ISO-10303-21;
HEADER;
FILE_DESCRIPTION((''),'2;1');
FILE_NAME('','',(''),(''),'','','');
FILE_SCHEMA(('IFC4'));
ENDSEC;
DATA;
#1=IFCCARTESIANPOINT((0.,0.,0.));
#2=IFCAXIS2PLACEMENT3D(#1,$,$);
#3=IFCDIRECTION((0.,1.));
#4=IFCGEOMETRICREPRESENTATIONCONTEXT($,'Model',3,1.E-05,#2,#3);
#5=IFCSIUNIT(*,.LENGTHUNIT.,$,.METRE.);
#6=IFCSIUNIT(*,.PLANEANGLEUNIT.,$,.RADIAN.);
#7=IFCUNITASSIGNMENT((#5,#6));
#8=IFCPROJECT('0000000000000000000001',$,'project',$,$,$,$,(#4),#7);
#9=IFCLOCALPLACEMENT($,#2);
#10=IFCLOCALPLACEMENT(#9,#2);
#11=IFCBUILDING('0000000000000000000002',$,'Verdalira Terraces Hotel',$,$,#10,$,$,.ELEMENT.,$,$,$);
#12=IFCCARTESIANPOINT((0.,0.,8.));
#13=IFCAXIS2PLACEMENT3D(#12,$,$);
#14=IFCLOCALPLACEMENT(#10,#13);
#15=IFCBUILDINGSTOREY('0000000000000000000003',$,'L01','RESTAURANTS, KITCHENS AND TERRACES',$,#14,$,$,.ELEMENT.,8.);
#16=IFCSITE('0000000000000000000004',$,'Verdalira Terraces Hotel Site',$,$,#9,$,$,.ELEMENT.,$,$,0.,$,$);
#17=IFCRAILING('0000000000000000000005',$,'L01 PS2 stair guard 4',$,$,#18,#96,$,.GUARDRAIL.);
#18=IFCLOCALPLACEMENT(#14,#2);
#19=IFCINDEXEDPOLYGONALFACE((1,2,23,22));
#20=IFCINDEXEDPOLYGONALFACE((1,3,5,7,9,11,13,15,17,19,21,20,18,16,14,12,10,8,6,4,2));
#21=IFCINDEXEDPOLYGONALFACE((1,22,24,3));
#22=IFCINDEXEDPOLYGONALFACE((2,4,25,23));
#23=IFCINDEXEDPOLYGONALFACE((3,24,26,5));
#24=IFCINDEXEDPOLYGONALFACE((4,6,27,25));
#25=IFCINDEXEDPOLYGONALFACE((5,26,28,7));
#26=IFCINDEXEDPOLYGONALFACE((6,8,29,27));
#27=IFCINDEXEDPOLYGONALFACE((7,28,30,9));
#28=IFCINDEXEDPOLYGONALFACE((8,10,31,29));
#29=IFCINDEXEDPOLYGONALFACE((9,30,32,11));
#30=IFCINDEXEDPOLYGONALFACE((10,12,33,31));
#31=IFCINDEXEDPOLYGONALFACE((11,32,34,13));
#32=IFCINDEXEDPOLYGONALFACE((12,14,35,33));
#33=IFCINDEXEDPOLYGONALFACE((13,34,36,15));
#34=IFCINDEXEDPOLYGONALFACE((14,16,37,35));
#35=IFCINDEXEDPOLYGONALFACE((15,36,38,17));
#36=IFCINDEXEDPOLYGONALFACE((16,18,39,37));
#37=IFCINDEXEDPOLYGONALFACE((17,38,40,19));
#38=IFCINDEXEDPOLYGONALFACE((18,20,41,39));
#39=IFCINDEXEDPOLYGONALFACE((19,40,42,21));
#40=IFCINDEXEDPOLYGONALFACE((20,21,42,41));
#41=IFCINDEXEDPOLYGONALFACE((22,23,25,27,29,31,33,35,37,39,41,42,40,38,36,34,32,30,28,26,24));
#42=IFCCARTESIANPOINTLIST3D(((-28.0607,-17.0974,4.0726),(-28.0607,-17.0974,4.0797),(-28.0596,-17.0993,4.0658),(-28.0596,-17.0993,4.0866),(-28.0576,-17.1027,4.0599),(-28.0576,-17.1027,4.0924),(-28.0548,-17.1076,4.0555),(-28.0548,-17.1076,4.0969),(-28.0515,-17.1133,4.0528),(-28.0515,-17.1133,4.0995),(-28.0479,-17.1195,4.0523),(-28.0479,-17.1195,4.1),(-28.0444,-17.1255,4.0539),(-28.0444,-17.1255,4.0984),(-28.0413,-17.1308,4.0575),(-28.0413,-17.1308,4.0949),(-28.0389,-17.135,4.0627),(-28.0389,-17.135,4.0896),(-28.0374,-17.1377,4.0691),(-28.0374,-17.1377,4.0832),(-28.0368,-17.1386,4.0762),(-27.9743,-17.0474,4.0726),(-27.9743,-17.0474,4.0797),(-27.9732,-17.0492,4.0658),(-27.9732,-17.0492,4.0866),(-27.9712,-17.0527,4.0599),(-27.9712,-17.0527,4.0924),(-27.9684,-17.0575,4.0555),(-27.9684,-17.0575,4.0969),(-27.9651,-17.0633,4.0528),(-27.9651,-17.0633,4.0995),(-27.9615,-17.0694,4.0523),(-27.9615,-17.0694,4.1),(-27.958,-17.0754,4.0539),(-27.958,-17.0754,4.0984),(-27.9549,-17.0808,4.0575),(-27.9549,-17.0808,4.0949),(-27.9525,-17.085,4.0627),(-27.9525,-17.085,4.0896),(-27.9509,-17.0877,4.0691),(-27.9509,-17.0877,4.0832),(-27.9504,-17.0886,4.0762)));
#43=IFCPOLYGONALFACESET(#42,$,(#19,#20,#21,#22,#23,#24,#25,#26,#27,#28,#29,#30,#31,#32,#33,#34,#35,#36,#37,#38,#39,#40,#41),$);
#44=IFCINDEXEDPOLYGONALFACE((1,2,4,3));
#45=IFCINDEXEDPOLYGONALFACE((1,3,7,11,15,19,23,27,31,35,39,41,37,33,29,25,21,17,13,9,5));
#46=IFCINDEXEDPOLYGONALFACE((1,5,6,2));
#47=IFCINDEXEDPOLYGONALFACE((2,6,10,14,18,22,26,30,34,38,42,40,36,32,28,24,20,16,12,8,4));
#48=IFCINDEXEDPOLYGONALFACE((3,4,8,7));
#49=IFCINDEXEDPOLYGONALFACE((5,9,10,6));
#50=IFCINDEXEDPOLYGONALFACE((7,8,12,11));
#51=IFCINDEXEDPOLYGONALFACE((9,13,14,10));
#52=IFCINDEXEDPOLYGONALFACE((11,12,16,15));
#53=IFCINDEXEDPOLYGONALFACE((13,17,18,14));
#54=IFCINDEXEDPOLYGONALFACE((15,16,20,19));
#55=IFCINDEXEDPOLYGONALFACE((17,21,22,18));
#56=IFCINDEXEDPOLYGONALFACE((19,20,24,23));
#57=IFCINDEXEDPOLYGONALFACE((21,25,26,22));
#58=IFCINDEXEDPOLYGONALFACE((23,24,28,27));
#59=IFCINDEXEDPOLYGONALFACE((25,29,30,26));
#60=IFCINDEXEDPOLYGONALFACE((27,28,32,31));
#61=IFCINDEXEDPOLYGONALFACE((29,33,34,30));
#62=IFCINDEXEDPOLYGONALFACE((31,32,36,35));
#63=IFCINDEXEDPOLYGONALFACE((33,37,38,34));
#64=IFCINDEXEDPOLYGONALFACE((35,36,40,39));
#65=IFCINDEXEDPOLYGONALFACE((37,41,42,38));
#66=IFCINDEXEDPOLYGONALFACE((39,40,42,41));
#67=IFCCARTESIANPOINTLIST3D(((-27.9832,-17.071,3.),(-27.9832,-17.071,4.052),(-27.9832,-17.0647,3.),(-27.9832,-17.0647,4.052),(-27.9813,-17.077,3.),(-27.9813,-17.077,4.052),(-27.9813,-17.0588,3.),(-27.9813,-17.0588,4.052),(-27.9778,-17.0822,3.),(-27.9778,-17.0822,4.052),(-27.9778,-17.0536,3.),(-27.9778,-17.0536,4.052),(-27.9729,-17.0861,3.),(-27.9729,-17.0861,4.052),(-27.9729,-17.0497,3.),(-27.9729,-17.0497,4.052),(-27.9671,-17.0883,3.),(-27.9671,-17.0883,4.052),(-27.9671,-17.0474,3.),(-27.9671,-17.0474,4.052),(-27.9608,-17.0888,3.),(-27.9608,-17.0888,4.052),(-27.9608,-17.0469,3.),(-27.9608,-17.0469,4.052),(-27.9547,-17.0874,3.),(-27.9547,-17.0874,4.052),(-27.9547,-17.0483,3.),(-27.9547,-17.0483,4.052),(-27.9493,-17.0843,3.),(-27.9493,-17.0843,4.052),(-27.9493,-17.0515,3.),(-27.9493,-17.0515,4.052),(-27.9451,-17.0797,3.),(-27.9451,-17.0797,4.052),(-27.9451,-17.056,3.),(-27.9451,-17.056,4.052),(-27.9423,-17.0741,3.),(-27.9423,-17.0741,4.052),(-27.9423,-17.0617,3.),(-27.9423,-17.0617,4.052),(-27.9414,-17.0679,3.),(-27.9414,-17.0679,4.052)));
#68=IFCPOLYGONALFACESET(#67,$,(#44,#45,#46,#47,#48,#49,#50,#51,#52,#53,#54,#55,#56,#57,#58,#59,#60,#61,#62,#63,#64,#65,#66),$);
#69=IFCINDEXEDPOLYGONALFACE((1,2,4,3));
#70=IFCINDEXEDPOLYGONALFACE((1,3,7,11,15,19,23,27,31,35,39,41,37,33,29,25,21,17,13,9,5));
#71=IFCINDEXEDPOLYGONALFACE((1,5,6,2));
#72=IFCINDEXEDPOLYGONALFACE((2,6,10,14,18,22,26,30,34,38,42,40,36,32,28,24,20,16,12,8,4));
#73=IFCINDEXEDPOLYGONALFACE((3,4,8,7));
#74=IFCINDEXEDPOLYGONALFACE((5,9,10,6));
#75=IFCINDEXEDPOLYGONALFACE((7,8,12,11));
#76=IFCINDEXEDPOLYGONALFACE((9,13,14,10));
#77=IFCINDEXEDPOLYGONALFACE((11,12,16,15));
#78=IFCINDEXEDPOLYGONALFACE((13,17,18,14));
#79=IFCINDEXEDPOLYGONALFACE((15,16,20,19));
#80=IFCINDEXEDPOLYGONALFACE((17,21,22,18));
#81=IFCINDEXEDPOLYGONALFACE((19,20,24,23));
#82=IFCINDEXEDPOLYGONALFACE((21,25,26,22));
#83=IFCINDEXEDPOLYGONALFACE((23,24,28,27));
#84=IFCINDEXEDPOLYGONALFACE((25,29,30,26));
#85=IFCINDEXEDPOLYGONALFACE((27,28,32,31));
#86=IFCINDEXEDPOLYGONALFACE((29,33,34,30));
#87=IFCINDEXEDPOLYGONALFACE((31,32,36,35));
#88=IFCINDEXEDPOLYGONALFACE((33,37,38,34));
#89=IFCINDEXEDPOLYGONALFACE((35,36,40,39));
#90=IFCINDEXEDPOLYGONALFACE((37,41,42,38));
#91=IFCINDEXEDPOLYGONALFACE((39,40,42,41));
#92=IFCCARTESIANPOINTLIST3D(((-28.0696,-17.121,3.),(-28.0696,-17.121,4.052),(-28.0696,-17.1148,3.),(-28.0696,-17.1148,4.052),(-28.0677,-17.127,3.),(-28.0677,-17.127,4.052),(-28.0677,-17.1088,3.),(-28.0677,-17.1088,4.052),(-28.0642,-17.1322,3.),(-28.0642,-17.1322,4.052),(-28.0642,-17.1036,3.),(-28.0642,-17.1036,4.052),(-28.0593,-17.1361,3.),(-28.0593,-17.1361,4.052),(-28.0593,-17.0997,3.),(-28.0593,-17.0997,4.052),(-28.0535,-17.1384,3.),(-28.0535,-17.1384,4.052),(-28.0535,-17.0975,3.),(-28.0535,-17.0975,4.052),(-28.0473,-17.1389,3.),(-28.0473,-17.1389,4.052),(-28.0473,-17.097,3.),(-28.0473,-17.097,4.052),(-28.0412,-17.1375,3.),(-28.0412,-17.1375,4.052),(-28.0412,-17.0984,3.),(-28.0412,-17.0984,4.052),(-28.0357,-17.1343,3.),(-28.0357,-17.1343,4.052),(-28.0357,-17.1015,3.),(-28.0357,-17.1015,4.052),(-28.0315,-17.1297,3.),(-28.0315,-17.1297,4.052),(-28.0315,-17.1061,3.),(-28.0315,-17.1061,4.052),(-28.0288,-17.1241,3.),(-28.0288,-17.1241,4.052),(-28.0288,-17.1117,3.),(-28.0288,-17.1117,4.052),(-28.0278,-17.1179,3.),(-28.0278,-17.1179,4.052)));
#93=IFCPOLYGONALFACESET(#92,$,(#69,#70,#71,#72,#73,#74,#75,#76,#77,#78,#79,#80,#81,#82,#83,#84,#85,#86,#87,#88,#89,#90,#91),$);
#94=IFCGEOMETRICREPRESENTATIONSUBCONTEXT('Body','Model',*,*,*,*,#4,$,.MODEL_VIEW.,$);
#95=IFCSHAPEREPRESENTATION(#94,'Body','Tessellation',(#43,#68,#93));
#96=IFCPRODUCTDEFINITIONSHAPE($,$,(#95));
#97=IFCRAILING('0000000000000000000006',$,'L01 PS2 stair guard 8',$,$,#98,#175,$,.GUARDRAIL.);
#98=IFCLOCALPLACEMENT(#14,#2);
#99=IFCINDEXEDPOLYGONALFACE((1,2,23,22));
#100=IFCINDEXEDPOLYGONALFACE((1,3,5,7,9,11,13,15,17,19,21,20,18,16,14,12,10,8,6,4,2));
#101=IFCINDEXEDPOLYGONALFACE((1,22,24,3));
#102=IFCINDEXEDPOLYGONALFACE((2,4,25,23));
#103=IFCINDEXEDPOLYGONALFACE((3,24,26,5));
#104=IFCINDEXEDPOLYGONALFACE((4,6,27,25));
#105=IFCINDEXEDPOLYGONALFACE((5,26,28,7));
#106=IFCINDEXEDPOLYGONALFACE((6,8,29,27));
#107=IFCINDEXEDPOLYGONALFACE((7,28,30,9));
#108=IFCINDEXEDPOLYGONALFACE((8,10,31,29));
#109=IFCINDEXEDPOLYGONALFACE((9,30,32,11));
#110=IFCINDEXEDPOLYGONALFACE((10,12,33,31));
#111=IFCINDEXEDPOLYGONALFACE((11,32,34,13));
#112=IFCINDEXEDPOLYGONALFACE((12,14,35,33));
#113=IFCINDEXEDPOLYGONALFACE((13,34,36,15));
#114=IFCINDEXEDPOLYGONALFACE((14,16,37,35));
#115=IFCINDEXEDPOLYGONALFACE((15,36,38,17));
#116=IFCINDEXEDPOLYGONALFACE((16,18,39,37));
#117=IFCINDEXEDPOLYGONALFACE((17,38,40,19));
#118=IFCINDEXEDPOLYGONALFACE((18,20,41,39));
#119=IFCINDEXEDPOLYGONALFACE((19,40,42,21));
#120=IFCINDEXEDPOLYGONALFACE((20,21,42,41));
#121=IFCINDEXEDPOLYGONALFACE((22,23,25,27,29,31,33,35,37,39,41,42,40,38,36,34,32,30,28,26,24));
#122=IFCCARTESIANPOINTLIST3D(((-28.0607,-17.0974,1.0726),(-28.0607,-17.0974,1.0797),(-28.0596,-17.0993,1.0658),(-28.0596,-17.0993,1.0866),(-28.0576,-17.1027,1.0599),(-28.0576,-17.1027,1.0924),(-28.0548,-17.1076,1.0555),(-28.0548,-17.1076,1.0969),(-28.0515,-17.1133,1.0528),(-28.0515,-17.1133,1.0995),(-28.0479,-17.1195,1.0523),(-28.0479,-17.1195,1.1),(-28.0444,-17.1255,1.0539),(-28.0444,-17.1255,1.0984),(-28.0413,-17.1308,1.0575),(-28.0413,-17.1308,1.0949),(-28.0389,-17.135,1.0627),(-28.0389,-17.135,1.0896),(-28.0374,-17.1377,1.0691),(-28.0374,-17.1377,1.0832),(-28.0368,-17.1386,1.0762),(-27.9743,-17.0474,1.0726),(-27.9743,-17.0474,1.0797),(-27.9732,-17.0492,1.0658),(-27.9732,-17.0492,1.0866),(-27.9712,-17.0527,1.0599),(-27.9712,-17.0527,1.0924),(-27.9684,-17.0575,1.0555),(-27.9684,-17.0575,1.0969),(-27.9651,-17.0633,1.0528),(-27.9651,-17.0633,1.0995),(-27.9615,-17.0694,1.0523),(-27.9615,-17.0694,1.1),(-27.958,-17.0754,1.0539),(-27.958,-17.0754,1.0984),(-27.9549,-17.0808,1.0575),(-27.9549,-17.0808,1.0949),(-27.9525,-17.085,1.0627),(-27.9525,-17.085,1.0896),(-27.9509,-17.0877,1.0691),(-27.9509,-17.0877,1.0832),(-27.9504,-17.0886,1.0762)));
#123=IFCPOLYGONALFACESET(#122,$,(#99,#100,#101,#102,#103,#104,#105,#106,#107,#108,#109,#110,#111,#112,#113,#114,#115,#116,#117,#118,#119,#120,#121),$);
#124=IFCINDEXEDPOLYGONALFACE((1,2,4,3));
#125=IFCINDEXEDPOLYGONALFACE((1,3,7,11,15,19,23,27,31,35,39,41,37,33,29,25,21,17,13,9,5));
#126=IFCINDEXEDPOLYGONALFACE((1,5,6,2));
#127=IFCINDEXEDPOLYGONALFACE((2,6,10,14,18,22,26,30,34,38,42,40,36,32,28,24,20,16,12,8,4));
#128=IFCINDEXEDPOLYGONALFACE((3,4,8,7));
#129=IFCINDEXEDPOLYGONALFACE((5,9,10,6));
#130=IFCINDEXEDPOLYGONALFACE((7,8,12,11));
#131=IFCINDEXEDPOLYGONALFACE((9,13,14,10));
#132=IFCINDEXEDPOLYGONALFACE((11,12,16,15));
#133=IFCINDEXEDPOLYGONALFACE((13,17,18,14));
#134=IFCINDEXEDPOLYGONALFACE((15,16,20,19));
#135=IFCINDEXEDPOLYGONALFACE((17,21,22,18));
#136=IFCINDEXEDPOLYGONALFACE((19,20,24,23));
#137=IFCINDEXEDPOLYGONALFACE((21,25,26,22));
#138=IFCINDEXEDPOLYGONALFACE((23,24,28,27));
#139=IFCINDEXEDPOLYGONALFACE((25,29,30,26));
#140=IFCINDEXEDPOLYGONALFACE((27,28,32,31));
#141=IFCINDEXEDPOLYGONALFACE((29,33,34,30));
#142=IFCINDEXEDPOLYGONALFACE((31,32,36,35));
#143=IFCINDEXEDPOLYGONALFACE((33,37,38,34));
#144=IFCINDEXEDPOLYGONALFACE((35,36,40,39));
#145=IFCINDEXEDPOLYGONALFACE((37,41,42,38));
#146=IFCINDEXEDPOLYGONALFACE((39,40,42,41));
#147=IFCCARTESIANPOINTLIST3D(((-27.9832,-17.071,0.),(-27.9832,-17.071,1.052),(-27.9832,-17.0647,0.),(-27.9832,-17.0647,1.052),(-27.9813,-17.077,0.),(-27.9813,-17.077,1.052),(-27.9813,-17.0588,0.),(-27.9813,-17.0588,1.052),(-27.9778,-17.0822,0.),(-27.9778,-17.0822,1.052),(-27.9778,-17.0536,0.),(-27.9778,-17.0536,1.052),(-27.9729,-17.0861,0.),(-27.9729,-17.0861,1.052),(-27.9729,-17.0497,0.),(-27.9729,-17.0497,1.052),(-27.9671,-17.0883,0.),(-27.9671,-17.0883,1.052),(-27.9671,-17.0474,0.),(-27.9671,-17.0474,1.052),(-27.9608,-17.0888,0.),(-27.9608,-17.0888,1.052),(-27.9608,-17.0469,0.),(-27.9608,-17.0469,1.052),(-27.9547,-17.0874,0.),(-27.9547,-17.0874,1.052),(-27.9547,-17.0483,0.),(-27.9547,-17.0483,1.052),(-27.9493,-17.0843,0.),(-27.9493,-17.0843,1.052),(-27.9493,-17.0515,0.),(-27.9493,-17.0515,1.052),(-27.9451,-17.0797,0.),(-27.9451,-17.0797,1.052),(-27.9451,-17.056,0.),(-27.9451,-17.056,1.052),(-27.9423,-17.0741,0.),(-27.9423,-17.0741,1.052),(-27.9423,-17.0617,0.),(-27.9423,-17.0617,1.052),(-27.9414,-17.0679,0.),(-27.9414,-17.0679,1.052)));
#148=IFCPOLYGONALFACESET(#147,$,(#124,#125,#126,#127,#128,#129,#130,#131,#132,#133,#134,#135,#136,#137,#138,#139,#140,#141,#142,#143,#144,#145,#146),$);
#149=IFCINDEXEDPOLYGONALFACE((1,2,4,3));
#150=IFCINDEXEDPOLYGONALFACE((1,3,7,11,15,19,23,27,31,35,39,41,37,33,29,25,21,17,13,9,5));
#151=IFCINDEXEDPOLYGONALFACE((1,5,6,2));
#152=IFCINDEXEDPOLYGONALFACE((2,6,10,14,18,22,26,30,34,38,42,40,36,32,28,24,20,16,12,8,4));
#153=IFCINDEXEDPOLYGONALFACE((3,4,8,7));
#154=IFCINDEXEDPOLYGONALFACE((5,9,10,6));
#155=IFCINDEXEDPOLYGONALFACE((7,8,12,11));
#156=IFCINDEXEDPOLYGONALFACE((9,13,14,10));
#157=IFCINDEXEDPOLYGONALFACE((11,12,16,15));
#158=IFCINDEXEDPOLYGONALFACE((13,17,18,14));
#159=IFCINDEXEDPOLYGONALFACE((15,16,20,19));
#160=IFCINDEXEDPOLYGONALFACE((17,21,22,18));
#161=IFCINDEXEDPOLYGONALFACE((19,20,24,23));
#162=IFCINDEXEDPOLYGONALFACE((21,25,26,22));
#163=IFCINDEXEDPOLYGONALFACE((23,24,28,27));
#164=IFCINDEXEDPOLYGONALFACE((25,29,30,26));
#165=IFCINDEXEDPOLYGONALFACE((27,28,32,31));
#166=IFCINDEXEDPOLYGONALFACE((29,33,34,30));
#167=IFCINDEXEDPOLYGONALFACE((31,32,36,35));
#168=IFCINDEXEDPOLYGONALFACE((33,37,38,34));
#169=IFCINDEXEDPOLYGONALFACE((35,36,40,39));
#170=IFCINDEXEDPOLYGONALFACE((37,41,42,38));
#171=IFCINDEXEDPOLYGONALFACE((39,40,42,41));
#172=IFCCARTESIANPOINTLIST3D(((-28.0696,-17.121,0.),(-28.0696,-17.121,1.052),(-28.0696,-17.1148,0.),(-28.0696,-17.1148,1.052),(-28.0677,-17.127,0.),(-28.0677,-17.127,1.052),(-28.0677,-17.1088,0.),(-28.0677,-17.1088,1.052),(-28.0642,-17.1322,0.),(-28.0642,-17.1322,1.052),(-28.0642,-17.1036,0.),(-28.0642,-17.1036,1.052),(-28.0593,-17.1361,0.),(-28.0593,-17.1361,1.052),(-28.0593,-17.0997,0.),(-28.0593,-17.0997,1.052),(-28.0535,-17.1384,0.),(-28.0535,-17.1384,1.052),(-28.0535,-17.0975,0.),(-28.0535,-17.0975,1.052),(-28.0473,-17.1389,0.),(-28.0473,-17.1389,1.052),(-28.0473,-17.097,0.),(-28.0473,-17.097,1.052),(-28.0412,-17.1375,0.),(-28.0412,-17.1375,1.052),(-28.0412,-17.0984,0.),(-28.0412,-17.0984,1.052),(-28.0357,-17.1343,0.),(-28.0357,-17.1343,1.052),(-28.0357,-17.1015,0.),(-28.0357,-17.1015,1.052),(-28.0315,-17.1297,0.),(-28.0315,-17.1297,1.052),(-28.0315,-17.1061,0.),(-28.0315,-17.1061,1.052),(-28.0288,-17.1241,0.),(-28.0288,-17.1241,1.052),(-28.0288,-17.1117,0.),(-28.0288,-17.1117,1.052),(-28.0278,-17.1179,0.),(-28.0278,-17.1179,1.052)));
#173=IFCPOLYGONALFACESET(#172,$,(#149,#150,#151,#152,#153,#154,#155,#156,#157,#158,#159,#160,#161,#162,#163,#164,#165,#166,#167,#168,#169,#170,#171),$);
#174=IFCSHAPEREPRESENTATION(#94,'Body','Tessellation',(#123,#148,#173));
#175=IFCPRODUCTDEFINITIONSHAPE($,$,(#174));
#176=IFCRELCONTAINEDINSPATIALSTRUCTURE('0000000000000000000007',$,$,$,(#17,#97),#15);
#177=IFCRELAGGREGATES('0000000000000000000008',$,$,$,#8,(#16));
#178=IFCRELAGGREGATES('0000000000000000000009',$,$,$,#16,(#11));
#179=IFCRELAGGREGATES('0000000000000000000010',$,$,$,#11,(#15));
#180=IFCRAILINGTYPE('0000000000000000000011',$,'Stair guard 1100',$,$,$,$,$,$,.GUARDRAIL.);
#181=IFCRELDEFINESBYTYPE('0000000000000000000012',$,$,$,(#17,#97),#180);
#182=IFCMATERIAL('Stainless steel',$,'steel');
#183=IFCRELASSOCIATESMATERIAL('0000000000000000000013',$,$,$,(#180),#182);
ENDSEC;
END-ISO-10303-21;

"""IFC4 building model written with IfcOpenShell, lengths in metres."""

from ifc_helpers import new_model, si_unit, direction, frame, origin, origin_2d, place, context, subcontext, project, spatial, circle, extrude, material, type_object, element, save


model = new_model("IFC4")

# Units and contexts
model_context = context("Model", 3, precision=1e-05, world=origin(), true_north=direction((0.0, 1.0)))
body_context = subcontext(model_context, "Body", "Model", "MODEL_VIEW")
ifc_project = project(units=[si_unit("LENGTHUNIT", "METRE"), si_unit("PLANEANGLEUNIT", "RADIAN")], contexts=[model_context])

# Site, building, storey
site_placement = place(None, origin())
site = spatial("IfcSite", under=ifc_project, at=site_placement, Name="Verdalira Terraces Hotel Site", CompositionType="ELEMENT", RefElevation=0.0)
building_placement = place(site_placement, origin())
building = spatial("IfcBuilding", under=site, at=building_placement, Name="Verdalira Terraces Hotel", CompositionType="ELEMENT")
storey_placement = place(building_placement, frame((0.0, 0.0, 8.0)))
storey = spatial("IfcBuildingStorey", under=building, at=storey_placement, Name="L01", Description="RESTAURANTS, KITCHENS AND TERRACES", CompositionType="ELEMENT", Elevation=8.0)

# Railings
ifc_material_1 = material(Name="Stainless steel", Category="steel")
railing_type = type_object("IfcRailingType", Name="Stair guard 1100", PredefinedType="GUARDRAIL", material=ifc_material_1)
for number, where, name in (
    (1, (-27.9624, -17.0679, 3.0), "L01 PS2 stair guard 4"),
    (2, (-27.9624, -17.0679, 0.0), "L01 PS2 stair guard 8"),
):
    element("IfcRailing", number, at=place(storey_placement, frame(where)), inside=storey, type_object=railing_type, Name=name, PredefinedType="GUARDRAIL", context=body_context, shape_type="SweptSolid", body=[
        extrude(circle(Radius=0.0239, at=origin_2d()), frame((0.0, 0.0, 1.0762), z_axis=(-0.86537, -0.501133, 0.0), x_axis=(0.501133, -0.86537, 0.0)), (0.0, 0.0, 1.0), 0.0999),
        extrude(circle(Radius=0.021, at=origin_2d()), origin(), (0.0, 0.0, 1.0), 1.052),
        extrude(circle(Radius=0.021, at=origin_2d()), frame((-0.0864, -0.05, 0.0)), (0.0, 0.0, 1.0), 1.052),
    ])

save(model, "model.ifc")
